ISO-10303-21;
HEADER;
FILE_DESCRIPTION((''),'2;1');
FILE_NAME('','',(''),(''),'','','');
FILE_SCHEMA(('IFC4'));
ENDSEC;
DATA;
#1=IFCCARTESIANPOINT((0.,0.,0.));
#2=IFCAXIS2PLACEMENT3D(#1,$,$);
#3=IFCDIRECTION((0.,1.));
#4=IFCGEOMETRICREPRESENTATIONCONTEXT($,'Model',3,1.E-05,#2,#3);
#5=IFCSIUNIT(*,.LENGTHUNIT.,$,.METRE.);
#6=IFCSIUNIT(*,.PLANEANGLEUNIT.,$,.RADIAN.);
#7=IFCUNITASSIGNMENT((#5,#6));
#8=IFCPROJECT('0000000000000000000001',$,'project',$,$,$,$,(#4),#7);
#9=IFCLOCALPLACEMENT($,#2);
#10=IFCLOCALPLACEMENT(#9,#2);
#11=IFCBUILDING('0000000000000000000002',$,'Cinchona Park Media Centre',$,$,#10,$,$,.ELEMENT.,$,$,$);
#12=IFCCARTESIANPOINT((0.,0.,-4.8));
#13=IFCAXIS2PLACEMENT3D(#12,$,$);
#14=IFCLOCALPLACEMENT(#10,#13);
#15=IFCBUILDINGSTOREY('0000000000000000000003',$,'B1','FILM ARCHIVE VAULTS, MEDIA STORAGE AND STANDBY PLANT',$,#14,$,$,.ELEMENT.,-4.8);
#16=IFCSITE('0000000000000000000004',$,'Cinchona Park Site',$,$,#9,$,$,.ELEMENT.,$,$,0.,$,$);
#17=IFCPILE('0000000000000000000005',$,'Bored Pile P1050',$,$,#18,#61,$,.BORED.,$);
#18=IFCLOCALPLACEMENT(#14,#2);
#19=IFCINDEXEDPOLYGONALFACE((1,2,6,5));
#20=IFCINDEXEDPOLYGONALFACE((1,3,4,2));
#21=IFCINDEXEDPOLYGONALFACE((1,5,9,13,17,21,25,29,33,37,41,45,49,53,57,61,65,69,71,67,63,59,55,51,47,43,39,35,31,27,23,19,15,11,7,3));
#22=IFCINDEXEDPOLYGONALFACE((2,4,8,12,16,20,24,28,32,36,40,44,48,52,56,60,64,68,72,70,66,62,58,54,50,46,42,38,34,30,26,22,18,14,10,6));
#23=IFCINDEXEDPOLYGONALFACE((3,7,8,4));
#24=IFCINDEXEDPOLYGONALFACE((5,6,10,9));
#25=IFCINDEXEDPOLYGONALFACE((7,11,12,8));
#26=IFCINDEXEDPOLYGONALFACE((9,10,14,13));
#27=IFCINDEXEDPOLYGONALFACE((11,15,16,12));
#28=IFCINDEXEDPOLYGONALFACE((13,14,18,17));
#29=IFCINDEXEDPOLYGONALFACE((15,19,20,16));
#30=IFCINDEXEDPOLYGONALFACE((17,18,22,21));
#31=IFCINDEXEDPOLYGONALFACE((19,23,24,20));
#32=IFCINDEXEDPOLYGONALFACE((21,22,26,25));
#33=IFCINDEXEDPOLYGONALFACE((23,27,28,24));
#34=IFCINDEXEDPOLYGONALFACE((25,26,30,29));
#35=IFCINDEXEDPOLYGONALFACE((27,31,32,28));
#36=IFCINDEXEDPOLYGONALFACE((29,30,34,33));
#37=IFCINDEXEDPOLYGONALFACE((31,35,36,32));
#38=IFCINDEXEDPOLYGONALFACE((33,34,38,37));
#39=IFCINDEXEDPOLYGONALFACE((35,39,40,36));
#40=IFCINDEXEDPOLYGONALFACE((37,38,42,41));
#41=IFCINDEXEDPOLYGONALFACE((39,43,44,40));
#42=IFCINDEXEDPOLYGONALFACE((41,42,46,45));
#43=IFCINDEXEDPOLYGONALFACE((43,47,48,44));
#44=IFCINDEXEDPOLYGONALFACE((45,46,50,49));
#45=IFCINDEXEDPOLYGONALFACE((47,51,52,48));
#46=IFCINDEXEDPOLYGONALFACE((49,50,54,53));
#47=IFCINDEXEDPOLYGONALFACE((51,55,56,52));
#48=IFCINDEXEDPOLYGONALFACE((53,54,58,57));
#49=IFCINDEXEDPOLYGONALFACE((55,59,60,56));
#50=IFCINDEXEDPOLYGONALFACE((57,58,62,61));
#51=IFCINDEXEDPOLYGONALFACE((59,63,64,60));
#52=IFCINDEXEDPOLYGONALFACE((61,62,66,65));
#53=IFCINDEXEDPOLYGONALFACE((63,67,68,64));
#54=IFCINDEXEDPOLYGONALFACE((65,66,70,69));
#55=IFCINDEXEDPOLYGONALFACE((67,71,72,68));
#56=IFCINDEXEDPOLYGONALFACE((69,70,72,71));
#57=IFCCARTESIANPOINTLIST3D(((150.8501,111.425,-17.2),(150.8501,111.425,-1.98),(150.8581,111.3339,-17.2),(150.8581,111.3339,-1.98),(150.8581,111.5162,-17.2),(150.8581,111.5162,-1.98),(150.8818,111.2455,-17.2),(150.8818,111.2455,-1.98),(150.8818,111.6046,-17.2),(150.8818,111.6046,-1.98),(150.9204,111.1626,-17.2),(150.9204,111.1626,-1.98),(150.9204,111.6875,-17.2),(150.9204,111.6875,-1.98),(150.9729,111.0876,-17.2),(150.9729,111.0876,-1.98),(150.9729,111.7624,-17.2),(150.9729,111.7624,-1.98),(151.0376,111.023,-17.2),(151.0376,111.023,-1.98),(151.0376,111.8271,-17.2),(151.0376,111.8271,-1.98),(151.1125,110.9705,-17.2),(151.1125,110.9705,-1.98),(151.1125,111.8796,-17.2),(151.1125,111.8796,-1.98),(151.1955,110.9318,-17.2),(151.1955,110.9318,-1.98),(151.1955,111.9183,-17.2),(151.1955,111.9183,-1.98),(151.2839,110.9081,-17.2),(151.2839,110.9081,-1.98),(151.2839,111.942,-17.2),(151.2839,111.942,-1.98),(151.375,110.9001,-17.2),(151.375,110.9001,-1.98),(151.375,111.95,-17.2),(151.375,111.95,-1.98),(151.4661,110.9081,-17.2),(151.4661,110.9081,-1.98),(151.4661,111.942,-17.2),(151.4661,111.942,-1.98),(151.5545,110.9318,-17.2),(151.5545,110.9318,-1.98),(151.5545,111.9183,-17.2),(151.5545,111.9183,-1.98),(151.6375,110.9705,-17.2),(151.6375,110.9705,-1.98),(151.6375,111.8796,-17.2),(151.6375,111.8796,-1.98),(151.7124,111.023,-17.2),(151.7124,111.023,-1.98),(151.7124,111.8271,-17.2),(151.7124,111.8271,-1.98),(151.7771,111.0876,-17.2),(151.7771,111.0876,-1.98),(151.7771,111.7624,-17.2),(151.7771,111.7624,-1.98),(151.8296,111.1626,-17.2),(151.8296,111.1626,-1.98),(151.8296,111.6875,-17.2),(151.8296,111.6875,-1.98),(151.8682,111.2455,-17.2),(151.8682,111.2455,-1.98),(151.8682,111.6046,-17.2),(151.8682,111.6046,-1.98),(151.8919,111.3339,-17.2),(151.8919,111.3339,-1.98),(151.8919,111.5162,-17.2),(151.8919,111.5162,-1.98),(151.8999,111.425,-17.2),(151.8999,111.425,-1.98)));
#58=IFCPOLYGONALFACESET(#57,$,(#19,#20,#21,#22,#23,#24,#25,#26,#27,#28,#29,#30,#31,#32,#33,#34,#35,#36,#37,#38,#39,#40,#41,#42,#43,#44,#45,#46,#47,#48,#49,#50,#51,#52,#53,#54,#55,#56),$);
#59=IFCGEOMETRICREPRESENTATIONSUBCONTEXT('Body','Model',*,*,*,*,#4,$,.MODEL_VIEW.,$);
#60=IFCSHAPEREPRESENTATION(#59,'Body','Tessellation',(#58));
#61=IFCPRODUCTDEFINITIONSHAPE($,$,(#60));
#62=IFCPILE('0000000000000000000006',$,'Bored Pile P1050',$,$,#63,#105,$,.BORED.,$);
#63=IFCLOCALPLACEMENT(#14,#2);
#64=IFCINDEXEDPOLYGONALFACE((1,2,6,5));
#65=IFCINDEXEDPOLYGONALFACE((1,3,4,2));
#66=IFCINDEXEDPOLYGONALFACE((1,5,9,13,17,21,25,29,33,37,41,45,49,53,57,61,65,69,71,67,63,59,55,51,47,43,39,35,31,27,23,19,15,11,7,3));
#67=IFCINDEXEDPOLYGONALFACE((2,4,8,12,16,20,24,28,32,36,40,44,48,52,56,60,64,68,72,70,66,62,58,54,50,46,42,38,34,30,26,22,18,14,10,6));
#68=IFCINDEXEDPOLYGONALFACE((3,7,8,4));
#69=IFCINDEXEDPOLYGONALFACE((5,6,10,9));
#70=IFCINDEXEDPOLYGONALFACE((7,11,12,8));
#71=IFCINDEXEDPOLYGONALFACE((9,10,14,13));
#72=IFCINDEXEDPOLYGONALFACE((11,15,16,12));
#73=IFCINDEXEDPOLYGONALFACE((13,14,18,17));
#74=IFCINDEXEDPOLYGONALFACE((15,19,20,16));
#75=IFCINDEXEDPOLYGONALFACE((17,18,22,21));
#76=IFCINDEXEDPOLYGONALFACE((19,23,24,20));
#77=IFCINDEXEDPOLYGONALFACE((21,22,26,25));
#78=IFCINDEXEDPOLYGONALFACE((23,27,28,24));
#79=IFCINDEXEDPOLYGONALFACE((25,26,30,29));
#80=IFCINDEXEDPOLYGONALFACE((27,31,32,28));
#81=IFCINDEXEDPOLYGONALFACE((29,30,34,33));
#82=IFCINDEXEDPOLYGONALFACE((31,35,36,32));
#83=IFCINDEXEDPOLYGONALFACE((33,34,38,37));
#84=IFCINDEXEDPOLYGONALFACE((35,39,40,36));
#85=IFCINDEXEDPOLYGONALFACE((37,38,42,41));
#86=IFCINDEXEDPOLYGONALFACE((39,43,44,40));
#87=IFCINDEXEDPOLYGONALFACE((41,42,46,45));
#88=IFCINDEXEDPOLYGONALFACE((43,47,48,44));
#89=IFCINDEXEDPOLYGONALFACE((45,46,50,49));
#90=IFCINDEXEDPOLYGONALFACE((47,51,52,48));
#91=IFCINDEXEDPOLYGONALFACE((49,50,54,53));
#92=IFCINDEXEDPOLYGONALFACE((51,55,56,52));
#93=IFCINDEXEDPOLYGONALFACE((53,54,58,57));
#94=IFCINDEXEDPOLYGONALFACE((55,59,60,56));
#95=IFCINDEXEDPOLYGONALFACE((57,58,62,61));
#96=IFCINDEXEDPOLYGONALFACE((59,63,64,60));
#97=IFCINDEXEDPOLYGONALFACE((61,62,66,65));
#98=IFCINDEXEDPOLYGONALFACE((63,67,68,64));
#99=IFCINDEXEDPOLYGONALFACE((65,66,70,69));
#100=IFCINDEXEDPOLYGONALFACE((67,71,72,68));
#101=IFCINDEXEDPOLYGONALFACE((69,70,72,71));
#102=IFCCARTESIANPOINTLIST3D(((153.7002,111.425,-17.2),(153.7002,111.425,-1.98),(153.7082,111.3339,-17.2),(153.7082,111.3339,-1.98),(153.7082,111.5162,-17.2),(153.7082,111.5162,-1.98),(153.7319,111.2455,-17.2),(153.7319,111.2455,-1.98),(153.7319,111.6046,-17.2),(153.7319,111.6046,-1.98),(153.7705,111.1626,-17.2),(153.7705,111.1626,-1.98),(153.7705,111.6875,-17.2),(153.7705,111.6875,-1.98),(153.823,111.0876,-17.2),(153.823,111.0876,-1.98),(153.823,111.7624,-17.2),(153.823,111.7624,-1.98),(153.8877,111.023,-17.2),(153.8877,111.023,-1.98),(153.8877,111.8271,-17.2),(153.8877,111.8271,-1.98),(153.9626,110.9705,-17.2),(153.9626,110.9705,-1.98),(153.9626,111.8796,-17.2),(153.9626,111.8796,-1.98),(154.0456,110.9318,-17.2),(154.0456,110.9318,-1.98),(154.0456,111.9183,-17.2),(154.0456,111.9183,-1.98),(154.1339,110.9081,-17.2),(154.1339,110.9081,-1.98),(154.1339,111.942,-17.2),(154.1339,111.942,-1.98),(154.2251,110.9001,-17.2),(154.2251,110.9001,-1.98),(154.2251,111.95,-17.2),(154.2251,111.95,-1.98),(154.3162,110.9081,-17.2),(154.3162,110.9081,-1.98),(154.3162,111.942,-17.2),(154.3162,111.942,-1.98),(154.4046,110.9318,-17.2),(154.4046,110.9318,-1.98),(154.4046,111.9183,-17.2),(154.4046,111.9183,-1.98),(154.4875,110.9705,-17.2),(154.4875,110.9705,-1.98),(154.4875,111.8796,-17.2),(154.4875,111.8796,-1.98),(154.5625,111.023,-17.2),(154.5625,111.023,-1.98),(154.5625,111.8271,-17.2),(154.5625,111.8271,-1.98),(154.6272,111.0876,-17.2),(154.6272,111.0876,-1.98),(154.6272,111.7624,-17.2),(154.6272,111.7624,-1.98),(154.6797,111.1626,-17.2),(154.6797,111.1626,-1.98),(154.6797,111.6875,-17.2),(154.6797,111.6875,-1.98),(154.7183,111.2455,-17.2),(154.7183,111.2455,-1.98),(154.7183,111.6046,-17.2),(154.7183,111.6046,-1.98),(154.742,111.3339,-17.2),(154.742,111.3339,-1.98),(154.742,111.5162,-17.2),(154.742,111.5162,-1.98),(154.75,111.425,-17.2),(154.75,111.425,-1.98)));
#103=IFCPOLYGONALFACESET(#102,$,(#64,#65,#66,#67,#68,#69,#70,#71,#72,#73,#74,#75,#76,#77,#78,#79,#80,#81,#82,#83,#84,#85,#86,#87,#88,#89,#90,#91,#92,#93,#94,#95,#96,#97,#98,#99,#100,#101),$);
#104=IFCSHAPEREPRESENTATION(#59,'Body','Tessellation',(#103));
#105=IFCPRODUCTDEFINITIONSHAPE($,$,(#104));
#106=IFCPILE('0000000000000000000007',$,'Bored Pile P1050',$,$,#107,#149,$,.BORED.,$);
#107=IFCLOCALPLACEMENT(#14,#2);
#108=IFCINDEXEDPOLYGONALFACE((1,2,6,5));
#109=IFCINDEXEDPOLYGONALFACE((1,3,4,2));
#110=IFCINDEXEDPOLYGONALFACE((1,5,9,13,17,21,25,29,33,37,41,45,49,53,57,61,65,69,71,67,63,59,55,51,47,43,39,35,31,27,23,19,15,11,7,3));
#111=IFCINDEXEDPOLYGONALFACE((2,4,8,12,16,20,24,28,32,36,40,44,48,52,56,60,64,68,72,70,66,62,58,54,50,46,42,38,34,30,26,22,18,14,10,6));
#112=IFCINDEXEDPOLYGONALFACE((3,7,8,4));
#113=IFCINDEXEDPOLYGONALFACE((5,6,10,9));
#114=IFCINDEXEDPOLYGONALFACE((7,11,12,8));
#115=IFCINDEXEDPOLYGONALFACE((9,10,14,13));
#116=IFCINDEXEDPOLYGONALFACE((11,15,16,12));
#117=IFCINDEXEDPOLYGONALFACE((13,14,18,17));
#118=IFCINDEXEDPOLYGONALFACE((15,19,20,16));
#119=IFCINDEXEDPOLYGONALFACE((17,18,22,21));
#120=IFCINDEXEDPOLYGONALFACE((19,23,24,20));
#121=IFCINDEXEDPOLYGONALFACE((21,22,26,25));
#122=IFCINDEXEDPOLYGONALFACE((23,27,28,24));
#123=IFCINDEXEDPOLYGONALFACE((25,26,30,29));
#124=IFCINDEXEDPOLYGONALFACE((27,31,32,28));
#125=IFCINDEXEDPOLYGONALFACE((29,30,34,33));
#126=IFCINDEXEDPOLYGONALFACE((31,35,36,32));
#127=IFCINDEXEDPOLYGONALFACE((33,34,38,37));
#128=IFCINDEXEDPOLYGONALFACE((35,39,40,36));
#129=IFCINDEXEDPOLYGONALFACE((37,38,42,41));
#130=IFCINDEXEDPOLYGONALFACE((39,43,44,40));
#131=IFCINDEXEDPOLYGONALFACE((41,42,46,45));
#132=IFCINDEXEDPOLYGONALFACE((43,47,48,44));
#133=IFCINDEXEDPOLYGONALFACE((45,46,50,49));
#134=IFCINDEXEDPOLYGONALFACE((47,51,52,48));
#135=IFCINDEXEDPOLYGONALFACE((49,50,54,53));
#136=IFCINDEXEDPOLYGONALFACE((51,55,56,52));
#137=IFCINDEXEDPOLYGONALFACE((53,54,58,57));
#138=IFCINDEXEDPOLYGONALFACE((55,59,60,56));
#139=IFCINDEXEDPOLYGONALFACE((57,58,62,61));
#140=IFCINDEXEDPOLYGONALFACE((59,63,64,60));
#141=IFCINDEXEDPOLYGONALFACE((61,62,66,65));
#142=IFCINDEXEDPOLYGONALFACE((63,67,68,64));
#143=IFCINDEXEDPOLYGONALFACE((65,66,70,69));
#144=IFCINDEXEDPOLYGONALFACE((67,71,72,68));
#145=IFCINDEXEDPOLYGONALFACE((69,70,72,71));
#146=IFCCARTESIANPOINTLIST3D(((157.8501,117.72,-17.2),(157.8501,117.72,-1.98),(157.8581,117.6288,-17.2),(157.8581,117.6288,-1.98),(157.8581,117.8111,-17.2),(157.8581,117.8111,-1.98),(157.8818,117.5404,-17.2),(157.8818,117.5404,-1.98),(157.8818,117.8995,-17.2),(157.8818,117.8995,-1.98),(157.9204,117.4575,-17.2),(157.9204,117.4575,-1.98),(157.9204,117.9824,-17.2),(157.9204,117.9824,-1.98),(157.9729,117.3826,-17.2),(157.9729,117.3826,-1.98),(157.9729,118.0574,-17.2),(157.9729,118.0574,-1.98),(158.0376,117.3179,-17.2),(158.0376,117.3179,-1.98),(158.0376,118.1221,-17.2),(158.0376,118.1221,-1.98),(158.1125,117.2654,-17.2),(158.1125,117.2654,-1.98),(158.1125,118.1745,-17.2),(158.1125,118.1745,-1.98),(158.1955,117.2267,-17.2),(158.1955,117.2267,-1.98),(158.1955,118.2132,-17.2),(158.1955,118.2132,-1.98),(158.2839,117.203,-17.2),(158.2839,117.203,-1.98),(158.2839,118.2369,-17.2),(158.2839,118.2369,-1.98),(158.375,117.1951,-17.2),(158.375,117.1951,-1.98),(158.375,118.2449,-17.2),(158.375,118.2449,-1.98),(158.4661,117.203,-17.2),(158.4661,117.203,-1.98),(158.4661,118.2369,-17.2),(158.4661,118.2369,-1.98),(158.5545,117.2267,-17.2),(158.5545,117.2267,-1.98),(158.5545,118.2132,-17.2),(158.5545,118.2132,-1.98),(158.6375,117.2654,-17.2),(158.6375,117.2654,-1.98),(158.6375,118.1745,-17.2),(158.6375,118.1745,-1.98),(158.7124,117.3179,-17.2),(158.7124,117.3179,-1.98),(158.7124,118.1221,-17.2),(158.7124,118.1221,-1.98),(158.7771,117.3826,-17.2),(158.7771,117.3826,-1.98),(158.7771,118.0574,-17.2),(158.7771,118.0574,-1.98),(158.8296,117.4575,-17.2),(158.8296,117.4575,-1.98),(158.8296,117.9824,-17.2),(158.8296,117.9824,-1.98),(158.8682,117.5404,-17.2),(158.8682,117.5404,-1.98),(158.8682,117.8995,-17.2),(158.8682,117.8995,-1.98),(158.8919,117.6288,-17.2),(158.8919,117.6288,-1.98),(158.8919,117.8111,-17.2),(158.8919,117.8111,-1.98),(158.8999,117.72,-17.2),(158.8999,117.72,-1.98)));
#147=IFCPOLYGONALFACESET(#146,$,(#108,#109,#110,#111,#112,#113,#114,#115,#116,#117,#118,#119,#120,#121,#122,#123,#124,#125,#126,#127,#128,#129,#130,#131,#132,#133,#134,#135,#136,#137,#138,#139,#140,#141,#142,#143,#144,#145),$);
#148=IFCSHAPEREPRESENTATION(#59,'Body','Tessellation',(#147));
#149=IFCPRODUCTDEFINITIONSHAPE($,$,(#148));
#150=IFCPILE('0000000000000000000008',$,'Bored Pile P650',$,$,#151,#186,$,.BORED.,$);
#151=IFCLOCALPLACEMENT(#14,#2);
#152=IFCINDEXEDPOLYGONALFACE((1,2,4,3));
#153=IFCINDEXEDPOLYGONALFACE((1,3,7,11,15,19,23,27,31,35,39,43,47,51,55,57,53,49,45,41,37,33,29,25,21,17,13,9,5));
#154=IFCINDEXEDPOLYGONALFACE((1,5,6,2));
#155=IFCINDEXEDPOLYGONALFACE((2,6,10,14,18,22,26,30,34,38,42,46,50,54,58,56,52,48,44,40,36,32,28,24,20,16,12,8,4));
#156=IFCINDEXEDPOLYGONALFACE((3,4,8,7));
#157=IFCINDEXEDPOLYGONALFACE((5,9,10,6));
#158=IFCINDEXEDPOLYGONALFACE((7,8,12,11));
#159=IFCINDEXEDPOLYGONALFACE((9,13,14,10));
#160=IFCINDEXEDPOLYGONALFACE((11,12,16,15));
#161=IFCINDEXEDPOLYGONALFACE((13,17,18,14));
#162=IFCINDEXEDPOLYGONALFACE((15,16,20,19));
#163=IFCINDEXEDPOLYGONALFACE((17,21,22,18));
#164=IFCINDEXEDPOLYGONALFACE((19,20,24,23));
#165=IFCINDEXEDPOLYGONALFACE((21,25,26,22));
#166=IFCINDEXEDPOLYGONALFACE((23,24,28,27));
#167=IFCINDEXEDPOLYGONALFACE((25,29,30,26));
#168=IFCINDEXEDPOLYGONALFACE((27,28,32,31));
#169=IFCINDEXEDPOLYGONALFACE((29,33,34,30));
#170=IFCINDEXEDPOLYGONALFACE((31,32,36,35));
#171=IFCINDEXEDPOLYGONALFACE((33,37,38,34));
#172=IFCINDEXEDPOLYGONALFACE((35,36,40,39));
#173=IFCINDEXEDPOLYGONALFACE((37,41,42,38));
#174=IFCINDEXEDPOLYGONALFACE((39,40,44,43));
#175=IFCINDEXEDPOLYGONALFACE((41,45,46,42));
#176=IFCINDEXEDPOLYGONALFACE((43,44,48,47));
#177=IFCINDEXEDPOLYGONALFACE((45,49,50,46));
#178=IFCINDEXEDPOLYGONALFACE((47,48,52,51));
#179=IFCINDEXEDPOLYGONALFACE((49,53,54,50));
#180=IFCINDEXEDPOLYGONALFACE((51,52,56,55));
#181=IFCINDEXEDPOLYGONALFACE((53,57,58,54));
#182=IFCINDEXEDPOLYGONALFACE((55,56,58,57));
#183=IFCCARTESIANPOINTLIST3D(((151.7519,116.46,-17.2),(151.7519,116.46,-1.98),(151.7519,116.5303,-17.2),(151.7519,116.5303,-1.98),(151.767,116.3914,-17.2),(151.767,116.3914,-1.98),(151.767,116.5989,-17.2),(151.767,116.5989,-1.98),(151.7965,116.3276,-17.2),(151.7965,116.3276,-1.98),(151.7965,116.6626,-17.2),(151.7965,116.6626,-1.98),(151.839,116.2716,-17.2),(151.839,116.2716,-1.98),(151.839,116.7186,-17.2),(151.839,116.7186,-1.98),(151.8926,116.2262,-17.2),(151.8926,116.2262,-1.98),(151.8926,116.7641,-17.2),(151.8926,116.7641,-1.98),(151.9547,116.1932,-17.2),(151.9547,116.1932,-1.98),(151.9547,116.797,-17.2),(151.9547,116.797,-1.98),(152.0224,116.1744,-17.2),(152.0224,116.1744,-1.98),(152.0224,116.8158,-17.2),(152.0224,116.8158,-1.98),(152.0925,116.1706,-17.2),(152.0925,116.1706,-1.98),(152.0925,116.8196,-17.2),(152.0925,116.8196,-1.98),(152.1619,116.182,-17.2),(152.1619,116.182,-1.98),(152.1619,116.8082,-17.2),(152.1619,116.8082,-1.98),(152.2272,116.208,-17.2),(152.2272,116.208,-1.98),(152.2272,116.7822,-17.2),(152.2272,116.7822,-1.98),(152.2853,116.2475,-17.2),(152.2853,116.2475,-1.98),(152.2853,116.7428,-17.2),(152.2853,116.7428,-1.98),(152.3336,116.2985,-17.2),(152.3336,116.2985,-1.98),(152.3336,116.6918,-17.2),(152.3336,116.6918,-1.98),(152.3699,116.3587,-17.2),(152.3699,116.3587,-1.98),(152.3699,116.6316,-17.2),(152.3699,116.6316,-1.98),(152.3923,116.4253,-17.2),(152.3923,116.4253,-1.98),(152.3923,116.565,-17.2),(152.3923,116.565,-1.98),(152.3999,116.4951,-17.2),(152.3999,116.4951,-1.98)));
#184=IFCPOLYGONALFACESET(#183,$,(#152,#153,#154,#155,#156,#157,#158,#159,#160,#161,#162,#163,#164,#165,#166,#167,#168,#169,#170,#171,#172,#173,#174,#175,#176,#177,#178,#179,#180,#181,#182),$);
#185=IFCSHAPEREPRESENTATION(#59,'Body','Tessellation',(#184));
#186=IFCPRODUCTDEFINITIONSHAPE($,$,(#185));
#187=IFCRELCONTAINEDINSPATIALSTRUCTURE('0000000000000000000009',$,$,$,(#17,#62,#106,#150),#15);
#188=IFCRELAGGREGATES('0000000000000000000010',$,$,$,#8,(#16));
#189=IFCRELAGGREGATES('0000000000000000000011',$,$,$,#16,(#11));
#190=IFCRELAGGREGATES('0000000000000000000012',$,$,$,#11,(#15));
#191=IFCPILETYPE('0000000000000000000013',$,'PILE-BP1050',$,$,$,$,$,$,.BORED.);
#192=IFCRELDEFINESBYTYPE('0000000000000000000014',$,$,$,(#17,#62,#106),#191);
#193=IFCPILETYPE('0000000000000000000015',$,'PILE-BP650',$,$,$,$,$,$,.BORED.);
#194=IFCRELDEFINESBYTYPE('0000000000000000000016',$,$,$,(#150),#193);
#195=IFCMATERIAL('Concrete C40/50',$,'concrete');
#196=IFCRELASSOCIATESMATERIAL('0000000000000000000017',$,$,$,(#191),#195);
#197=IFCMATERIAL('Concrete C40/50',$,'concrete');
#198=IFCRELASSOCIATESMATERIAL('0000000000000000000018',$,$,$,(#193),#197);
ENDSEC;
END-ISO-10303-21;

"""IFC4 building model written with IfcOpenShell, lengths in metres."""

from ifc_helpers import new_model, si_unit, direction, frame, origin, origin_2d, place, context, subcontext, project, spatial, circle, extrude, material, material_profile, profile_set, type_object, element, save


model = new_model("IFC4")

# Units and contexts
model_context = context("Model", 3, precision=1e-05, world=origin(), true_north=direction((0.0, 1.0)))
body_context = subcontext(model_context, "Body", "Model", "MODEL_VIEW")
ifc_project = project(units=[si_unit("LENGTHUNIT", "METRE"), si_unit("PLANEANGLEUNIT", "RADIAN")], contexts=[model_context])

# Site, building, storey
site_placement = place(None, origin())
site = spatial("IfcSite", under=ifc_project, at=site_placement, Name="Cinchona Park Site", CompositionType="ELEMENT", RefElevation=0.0)
building_placement = place(site_placement, origin())
building = spatial("IfcBuilding", under=site, at=building_placement, Name="Cinchona Park Media Centre", CompositionType="ELEMENT")
storey_placement = place(building_placement, frame((0.0, 0.0, -4.8)))
storey = spatial("IfcBuildingStorey", under=building, at=storey_placement, Name="B1", Description="FILM ARCHIVE VAULTS, MEDIA STORAGE AND STANDBY PLANT", CompositionType="ELEMENT", Elevation=-4.8)

# Piles
ifc_material_1 = material(Name="Concrete C40/50", Category="concrete")
ifc_material_profile_1 = material_profile(ifc_material_1, circle(Radius=0.5249, at=origin_2d()), Name="BORED PILE 1050")
ifc_profile_set_1 = profile_set([ifc_material_profile_1], Name="Concrete C40/50")
pile_type_1 = type_object("IfcPileType", Name="PILE-BP1050", PredefinedType="BORED", material=ifc_profile_set_1)
for number, where, z_axis, x_axis, name in (
    (1, (151.375, 111.425, -1.98), (0.0, 0.0, -1.0), (1.0, 0.0, 0.0), "Bored Pile P1050"),
    (2, (154.2251, 111.425, -1.98), (0.0, 0.0, -1.0), (1.0, 0.0, 0.0), "Bored Pile P1050"),
    (3, (158.375, 117.72, -1.98), (0.0, 0.0, -1.0), (1.0, 0.0, 0.0), "Bored Pile P1050"),
):
    element("IfcPile", number, at=place(storey_placement, frame(where, z_axis=z_axis, x_axis=x_axis)), inside=storey, type_object=pile_type_1, Name=name, PredefinedType="BORED", context=body_context, shape_type="SweptSolid", body=[
        extrude(circle(Radius=0.5249, at=origin_2d()), origin(), (0.0, 0.0, 1.0), 15.22),
    ])
ifc_material_2 = material(Name="Concrete C40/50", Category="concrete")
ifc_material_profile_2 = material_profile(ifc_material_2, circle(Radius=0.325, at=origin_2d()), Name="BORED PILE 650")
ifc_profile_set_2 = profile_set([ifc_material_profile_2], Name="Concrete C40/50")
pile_type_2 = type_object("IfcPileType", Name="PILE-BP650", PredefinedType="BORED", material=ifc_profile_set_2)
for number, where, z_axis, x_axis, name in (
    (4, (152.075, 116.4951, -1.98), (0.0, 0.0, -1.0), (1.0, 0.0, 0.0), "Bored Pile P650"),
):
    element("IfcPile", number, at=place(storey_placement, frame(where, z_axis=z_axis, x_axis=x_axis)), inside=storey, type_object=pile_type_2, Name=name, PredefinedType="BORED", context=body_context, shape_type="SweptSolid", body=[
        extrude(circle(Radius=0.325, at=origin_2d()), origin(), (0.0, 0.0, 1.0), 15.22),
    ])

save(model, "model.ifc")
